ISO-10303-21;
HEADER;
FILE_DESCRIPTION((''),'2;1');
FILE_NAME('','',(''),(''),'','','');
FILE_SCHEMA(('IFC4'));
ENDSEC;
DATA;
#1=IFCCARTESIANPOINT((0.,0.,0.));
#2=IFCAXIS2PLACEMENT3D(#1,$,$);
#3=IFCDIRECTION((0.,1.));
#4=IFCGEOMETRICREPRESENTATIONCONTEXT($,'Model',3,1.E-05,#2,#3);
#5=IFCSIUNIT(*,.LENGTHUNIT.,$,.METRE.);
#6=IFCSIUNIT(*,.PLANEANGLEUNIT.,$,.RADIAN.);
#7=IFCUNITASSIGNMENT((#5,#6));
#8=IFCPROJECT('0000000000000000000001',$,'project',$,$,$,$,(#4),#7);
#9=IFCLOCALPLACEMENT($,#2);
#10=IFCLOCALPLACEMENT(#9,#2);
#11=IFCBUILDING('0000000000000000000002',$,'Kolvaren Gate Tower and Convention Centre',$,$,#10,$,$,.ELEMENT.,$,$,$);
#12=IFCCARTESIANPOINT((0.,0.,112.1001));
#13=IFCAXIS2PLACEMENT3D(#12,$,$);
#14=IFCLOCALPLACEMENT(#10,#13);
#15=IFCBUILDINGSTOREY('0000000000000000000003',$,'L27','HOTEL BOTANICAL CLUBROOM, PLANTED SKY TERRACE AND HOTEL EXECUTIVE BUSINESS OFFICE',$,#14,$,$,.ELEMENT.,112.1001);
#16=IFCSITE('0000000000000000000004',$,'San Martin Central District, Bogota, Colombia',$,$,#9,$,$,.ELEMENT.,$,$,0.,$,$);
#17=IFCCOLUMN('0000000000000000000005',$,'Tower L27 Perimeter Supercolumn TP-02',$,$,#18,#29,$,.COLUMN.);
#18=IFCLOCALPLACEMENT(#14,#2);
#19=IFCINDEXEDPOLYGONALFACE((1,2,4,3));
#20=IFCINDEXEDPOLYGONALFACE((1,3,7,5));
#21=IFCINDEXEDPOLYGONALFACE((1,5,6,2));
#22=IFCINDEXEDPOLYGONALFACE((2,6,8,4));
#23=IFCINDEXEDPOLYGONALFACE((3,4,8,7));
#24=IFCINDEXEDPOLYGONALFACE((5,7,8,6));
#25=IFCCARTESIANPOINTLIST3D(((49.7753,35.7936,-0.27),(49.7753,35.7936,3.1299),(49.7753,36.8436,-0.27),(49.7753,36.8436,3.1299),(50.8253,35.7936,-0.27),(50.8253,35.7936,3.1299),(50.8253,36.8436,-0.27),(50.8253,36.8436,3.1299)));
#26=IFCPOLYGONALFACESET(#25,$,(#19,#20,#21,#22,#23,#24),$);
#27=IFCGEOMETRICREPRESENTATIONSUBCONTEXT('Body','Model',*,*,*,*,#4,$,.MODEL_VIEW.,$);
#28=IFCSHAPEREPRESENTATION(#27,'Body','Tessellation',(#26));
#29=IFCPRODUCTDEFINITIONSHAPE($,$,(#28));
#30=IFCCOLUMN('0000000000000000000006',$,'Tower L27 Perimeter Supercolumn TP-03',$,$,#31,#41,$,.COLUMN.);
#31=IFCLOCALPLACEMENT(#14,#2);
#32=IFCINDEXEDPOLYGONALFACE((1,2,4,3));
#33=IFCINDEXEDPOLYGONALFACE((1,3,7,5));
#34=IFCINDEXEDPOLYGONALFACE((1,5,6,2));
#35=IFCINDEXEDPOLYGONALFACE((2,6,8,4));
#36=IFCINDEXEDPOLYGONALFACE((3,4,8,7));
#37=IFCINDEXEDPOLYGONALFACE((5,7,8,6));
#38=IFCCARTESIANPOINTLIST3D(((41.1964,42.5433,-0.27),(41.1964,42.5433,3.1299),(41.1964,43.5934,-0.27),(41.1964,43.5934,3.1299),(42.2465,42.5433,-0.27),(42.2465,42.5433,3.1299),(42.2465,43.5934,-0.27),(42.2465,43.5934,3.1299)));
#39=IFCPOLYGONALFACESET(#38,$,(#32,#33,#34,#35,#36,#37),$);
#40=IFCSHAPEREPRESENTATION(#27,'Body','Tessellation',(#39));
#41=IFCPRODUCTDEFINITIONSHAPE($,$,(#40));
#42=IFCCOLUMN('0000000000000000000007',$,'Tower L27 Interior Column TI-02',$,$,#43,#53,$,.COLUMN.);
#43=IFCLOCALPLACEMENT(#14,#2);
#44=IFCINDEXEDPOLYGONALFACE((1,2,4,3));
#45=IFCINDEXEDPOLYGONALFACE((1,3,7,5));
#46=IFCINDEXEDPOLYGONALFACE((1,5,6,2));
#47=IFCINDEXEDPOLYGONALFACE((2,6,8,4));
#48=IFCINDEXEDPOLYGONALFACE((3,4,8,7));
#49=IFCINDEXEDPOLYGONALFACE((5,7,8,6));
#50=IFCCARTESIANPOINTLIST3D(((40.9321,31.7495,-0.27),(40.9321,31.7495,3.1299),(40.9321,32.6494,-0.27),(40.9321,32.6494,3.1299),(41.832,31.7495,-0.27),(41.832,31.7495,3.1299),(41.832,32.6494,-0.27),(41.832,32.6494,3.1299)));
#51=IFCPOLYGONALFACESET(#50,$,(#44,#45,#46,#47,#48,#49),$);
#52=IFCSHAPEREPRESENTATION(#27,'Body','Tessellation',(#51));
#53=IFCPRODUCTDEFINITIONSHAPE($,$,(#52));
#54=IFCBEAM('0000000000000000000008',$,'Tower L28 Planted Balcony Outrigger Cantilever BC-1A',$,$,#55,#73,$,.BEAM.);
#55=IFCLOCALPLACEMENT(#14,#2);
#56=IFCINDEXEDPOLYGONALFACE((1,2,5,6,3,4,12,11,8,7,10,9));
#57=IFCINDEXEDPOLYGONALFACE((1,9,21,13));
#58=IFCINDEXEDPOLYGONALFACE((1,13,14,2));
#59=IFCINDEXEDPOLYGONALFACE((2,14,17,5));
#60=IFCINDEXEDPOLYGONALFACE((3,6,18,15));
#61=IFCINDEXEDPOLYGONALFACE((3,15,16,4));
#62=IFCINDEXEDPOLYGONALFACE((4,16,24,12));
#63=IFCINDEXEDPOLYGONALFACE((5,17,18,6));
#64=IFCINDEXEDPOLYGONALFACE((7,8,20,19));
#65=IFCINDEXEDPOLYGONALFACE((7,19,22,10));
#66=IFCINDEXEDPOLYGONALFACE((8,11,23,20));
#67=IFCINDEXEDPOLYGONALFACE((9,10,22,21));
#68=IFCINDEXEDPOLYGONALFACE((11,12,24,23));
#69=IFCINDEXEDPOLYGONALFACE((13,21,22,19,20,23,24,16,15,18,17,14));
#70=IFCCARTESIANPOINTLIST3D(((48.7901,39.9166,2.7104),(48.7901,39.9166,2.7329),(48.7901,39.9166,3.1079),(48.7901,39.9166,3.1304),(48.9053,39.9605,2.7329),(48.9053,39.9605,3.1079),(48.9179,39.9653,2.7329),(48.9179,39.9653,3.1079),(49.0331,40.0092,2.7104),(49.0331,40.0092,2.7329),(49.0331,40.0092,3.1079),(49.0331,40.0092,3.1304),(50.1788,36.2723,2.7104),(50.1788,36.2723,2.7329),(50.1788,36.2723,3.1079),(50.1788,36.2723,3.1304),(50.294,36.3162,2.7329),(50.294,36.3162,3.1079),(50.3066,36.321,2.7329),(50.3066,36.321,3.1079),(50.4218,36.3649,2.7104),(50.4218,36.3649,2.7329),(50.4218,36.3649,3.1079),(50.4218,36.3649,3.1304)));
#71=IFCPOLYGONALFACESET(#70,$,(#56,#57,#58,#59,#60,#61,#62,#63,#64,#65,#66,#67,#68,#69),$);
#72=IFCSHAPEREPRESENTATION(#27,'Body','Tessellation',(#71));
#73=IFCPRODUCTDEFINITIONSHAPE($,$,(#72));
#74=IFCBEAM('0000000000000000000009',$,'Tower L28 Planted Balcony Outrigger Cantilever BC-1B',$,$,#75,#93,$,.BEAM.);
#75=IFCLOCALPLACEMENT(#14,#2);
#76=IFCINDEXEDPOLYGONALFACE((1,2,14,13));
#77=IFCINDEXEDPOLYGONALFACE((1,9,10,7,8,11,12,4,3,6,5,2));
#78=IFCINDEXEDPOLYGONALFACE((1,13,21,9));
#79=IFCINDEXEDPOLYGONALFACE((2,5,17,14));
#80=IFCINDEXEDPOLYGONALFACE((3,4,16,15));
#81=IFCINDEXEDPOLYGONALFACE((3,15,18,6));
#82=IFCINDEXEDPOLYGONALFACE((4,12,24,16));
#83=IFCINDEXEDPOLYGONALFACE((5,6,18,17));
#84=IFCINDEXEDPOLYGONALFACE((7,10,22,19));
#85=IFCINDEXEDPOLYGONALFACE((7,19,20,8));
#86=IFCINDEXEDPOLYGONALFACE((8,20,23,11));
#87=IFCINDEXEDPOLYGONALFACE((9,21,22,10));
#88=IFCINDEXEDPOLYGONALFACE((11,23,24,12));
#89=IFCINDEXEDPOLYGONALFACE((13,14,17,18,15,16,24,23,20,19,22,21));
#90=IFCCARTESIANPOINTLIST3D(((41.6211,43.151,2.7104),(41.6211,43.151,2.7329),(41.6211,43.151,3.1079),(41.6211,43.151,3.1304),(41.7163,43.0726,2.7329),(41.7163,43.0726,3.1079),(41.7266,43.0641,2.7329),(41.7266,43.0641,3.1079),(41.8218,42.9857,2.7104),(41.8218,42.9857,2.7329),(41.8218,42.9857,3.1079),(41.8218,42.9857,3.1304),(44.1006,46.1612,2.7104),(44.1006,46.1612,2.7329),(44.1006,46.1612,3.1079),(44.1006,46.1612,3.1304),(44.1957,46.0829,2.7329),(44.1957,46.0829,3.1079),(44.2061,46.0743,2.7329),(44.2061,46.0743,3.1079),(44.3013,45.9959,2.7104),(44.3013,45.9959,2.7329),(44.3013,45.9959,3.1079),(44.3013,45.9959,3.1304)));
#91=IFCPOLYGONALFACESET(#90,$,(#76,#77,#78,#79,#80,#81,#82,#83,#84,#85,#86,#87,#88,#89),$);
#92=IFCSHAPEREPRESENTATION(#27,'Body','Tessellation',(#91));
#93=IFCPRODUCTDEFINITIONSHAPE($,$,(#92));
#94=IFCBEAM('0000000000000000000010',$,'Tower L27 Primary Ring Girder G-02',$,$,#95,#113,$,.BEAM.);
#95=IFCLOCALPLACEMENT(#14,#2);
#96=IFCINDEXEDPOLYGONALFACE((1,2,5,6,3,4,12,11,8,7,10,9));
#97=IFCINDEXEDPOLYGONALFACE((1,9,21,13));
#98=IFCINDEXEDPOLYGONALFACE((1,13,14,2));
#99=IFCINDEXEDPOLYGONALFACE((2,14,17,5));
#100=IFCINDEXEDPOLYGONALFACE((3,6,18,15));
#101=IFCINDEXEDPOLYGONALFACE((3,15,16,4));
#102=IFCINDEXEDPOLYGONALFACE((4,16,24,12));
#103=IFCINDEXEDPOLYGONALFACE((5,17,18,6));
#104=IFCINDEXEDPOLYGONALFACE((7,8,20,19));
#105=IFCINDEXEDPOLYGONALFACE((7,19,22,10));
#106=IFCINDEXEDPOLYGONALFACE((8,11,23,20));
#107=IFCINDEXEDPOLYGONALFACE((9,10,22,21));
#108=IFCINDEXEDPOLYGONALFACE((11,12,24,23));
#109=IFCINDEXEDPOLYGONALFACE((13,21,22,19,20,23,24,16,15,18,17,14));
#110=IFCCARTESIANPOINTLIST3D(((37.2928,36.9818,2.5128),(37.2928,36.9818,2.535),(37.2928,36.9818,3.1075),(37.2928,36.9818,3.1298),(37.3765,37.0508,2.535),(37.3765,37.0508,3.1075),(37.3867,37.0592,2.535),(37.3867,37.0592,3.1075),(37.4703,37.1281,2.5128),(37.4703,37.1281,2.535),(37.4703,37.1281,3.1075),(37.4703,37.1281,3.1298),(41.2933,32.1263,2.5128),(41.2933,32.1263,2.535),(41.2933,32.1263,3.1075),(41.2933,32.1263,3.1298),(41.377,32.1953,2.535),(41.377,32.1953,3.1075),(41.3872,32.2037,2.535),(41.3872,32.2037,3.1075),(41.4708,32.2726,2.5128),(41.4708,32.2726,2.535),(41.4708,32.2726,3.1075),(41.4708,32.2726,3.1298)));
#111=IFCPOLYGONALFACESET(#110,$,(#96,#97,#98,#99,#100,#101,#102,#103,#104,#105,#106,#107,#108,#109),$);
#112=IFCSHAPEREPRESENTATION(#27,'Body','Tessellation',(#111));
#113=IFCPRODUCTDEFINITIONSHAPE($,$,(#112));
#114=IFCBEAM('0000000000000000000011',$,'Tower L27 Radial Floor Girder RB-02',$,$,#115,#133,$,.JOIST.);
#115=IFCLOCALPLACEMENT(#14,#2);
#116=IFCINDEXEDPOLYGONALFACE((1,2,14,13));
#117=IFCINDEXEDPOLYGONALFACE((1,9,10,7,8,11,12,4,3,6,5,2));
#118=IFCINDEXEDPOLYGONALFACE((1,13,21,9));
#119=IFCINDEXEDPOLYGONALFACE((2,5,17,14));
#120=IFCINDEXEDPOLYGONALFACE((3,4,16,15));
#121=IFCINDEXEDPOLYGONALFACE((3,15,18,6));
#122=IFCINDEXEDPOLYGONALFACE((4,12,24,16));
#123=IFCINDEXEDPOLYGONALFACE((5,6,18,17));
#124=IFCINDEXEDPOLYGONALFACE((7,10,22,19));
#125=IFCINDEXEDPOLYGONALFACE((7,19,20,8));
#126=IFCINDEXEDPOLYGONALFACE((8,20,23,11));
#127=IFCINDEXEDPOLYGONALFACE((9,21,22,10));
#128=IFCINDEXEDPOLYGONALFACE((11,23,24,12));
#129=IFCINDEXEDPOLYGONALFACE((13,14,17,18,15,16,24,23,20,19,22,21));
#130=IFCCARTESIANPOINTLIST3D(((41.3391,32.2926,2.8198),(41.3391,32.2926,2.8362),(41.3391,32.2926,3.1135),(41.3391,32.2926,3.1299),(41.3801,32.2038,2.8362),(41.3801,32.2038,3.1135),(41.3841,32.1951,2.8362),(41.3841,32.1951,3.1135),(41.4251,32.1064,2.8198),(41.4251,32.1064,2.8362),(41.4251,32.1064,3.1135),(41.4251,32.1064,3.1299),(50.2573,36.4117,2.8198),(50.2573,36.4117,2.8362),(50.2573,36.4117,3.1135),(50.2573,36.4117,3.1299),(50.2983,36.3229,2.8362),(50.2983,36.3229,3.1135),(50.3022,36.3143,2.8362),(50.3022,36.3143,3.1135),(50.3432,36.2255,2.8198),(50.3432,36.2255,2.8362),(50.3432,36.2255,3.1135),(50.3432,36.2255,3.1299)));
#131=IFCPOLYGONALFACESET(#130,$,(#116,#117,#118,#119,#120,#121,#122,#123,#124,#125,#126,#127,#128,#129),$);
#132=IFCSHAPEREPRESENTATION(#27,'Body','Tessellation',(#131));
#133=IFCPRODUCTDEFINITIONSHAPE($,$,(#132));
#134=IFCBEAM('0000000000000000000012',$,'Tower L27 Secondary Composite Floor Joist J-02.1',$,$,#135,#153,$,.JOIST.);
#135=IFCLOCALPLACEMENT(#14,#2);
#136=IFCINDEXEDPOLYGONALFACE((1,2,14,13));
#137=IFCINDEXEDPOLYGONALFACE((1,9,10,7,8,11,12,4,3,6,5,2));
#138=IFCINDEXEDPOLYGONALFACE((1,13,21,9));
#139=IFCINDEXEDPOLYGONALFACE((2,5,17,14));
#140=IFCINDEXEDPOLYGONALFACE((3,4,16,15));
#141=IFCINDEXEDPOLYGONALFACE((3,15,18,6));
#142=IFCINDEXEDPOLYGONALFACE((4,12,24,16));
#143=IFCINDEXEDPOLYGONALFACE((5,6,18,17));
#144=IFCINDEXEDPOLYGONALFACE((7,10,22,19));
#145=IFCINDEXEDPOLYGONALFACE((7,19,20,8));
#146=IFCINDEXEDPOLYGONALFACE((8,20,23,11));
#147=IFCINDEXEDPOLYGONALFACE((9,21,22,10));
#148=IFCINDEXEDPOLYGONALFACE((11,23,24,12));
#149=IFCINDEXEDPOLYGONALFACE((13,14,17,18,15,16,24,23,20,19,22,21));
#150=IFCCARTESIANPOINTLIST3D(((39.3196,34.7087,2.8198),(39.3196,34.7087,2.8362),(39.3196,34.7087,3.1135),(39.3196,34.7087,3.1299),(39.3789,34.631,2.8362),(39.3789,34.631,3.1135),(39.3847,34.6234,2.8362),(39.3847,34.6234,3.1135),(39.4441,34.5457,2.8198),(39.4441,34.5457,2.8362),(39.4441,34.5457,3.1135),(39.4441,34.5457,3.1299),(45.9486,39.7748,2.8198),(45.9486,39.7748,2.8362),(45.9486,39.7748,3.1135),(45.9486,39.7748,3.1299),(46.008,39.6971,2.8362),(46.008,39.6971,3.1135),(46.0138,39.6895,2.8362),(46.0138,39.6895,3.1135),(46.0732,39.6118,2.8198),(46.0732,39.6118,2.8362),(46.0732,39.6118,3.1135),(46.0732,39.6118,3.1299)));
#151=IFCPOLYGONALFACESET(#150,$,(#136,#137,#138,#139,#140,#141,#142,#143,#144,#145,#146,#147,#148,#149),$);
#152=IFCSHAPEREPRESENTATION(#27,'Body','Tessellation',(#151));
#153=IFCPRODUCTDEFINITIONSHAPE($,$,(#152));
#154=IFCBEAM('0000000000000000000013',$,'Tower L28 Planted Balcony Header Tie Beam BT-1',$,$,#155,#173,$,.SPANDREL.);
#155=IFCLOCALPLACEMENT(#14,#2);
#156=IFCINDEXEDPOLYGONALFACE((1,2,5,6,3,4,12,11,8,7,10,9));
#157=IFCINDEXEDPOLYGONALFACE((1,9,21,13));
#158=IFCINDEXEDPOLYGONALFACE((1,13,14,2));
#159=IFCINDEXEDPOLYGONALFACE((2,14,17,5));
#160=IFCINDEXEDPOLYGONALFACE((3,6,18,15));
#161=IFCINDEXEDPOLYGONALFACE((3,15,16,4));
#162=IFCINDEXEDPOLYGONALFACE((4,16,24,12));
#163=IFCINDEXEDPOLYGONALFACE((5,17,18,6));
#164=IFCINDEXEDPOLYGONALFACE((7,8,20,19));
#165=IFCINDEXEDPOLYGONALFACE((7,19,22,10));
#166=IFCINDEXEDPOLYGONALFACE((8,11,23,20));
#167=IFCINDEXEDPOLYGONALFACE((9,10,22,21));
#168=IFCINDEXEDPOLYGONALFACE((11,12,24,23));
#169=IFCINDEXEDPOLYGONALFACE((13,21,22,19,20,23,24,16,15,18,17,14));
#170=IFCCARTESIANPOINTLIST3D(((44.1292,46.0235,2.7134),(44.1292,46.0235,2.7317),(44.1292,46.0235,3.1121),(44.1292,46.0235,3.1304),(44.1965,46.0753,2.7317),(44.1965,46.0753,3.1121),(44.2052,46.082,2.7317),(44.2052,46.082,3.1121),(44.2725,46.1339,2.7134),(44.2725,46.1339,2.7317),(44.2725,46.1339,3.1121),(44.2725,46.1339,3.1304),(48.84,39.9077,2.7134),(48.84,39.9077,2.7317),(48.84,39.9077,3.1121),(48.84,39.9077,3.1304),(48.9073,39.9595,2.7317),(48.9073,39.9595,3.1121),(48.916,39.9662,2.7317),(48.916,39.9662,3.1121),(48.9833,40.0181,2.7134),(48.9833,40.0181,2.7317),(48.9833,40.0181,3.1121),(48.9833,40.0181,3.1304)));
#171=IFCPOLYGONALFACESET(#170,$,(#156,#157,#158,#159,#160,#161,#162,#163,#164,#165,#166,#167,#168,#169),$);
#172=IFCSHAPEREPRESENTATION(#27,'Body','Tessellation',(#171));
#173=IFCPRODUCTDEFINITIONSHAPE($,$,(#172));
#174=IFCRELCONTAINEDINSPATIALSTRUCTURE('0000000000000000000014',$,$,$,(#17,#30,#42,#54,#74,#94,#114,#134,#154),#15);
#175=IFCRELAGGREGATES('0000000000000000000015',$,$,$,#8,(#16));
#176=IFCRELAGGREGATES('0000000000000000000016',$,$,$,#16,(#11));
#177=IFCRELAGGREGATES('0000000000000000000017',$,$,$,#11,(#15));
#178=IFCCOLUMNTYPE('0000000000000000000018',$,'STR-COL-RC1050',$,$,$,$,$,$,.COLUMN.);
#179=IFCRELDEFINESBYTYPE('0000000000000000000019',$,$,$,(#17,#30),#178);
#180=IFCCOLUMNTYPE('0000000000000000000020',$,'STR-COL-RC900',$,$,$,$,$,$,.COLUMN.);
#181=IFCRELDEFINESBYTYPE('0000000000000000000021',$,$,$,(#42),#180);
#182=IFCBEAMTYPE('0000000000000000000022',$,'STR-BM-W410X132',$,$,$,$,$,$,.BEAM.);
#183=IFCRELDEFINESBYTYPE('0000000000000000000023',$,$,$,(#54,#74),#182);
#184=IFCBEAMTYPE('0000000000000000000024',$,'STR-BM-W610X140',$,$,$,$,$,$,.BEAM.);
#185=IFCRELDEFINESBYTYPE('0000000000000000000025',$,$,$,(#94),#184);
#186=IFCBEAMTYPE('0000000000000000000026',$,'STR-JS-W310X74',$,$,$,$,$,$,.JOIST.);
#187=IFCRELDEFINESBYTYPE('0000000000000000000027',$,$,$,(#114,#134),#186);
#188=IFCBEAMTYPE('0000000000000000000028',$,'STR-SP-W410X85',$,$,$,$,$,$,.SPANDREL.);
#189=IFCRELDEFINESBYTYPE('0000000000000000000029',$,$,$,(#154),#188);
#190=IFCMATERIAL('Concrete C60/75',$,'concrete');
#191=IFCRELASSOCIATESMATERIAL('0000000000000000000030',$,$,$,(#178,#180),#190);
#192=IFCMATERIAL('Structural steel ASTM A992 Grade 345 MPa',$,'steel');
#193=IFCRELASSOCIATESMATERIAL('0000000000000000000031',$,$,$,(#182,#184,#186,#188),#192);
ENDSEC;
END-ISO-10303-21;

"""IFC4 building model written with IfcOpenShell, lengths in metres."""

from ifc_helpers import new_model, si_unit, direction, frame, origin, origin_2d, place, context, subcontext, project, spatial, rectangle, i_section, extrude, material, material_profile, profile_set, type_object, element, save


model = new_model("IFC4")

# Units and contexts
model_context = context("Model", 3, precision=1e-05, world=origin(), true_north=direction((0.0, 1.0)))
body_context = subcontext(model_context, "Body", "Model", "MODEL_VIEW")
ifc_project = project(units=[si_unit("LENGTHUNIT", "METRE"), si_unit("PLANEANGLEUNIT", "RADIAN")], contexts=[model_context])

# Site, building, storey
site_placement = place(None, origin())
site = spatial("IfcSite", under=ifc_project, at=site_placement, Name="San Martin Central District, Bogota, Colombia", CompositionType="ELEMENT", RefElevation=0.0)
building_placement = place(site_placement, origin())
building = spatial("IfcBuilding", under=site, at=building_placement, Name="Kolvaren Gate Tower and Convention Centre", CompositionType="ELEMENT")
storey_placement = place(building_placement, frame((0.0, 0.0, 112.1001)))
storey = spatial("IfcBuildingStorey", under=building, at=storey_placement, Name="L27", Description="HOTEL BOTANICAL CLUBROOM, PLANTED SKY TERRACE AND HOTEL EXECUTIVE BUSINESS OFFICE", CompositionType="ELEMENT", Elevation=112.1001)

# Columns
ifc_material_1 = material(Name="Concrete C60/75", Category="concrete")
ifc_material_profile_1 = material_profile(ifc_material_1, rectangle(XDim=1.05, YDim=1.05, at=origin_2d()), Name="RC-COL-1050X1050")
ifc_profile_set_1 = profile_set([ifc_material_profile_1], Name="Concrete C60/75")
column_type_1 = type_object("IfcColumnType", Name="STR-COL-RC1050", PredefinedType="COLUMN", material=ifc_profile_set_1)
for number, where, z_axis, x_axis, name in (
    (1, (50.3003, 36.3186, -0.27), (0.0, 0.0, 1.0), (1.0, 0.0, 0.0), "Tower L27 Perimeter Supercolumn TP-02"),
    (2, (41.7214, 43.0684, -0.27), (0.0, 0.0, 1.0), (1.0, 0.0, 0.0), "Tower L27 Perimeter Supercolumn TP-03"),
):
    element("IfcColumn", number, at=place(storey_placement, frame(where, z_axis=z_axis, x_axis=x_axis)), inside=storey, type_object=column_type_1, Name=name, PredefinedType="COLUMN", context=body_context, shape_type="SweptSolid", body=[
        extrude(rectangle(XDim=1.05, YDim=1.05, at=origin_2d()), origin(), (0.0, 0.0, 1.0), 3.3999),
    ])
ifc_material_profile_2 = material_profile(ifc_material_1, rectangle(XDim=0.8999, YDim=0.8999, at=origin_2d()), Name="RC-COL-900X900")
ifc_profile_set_2 = profile_set([ifc_material_profile_2], Name="Concrete C60/75")
column_type_2 = type_object("IfcColumnType", Name="STR-COL-RC900", PredefinedType="COLUMN", material=ifc_profile_set_2)
column_placement = place(storey_placement, frame((41.3821, 32.1995, -0.27), z_axis=(0.0, 0.0, 1.0), x_axis=(1.0, 0.0, 0.0)))
element("IfcColumn", 3, at=column_placement, inside=storey, type_object=column_type_2, Name="Tower L27 Interior Column TI-02", PredefinedType="COLUMN", context=body_context, shape_type="SweptSolid", body=[
    extrude(rectangle(XDim=0.8999, YDim=0.8999, at=origin_2d()), origin(), (0.0, 0.0, 1.0), 3.3999),
])

# Beams
ifc_material_2 = material(Name="Structural steel ASTM A992 Grade 345 MPa", Category="steel")
ifc_material_profile_3 = material_profile(ifc_material_2, i_section(OverallWidth=0.26, OverallDepth=0.4199, WebThickness=0.0134, FlangeThickness=0.0225, at=origin_2d()), Name="W410X132")
ifc_profile_set_3 = profile_set([ifc_material_profile_3], Name="Structural steel ASTM A992 Grade 345 MPa")
beam_type_1 = type_object("IfcBeamType", Name="STR-BM-W410X132", PredefinedType="BEAM", material=ifc_profile_set_3)
for number, where, z_axis, x_axis, name in (
    (4, (50.3003, 36.3186, 2.9204), (-0.356079, 0.934456, 0.0), (-0.934456, -0.356079, 0.0), "Tower L28 Planted Balcony Outrigger Cantilever BC-1A"),
    (5, (41.7214, 43.0684, 2.9204), (0.635777, 0.771872, 0.0), (-0.771872, 0.635777, 0.0), "Tower L28 Planted Balcony Outrigger Cantilever BC-1B"),
):
    element("IfcBeam", number, at=place(storey_placement, frame(where, z_axis=z_axis, x_axis=x_axis)), inside=storey, type_object=beam_type_1, Name=name, PredefinedType="BEAM", context=body_context, shape_type="SweptSolid", body=[
        extrude(i_section(OverallWidth=0.26, OverallDepth=0.4199, WebThickness=0.0134, FlangeThickness=0.0225, at=origin_2d()), origin(), (0.0, 0.0, 1.0), 3.8999),
    ])
ifc_material_profile_4 = material_profile(ifc_material_2, i_section(OverallWidth=0.23, OverallDepth=0.6169, WebThickness=0.0132, FlangeThickness=0.0222, at=origin_2d()), Name="W610X140")
ifc_profile_set_4 = profile_set([ifc_material_profile_4], Name="Structural steel ASTM A992 Grade 345 MPa")
beam_type_2 = type_object("IfcBeamType", Name="STR-BM-W610X140", PredefinedType="BEAM", material=ifc_profile_set_4)
beam_1_placement = place(storey_placement, frame((41.3821, 32.1995, 2.8213), z_axis=(-0.635884, 0.771785, 0.0), x_axis=(-0.771785, -0.635884, 0.0)))
element("IfcBeam", 6, at=beam_1_placement, inside=storey, type_object=beam_type_2, Name="Tower L27 Primary Ring Girder G-02", PredefinedType="BEAM", context=body_context, shape_type="SweptSolid", body=[
    extrude(i_section(OverallWidth=0.23, OverallDepth=0.6169, WebThickness=0.0132, FlangeThickness=0.0222, at=origin_2d()), origin(), (0.0, 0.0, 1.0), 6.2913),
])
ifc_material_profile_5 = material_profile(ifc_material_2, i_section(OverallWidth=0.2051, OverallDepth=0.3101, WebThickness=0.0095, FlangeThickness=0.0164, at=origin_2d()), Name="W310X74")
ifc_profile_set_5 = profile_set([ifc_material_profile_5], Name="Structural steel ASTM A992 Grade 345 MPa")
beam_type_3 = type_object("IfcBeamType", Name="STR-JS-W310X74", PredefinedType="JOIST", material=ifc_profile_set_5)
beam_2_placement = place(storey_placement, frame((41.3821, 32.1995, 2.9749), z_axis=(0.907842, 0.419313, 0.0), x_axis=(-0.419313, 0.907842, 0.0)))
element("IfcBeam", 7, at=beam_2_placement, inside=storey, type_object=beam_type_3, Name="Tower L27 Radial Floor Girder RB-02", PredefinedType="JOIST", context=body_context, shape_type="SweptSolid", body=[
    extrude(i_section(OverallWidth=0.2051, OverallDepth=0.3101, WebThickness=0.0095, FlangeThickness=0.0164, at=origin_2d()), origin(), (0.0, 0.0, 1.0), 9.8235),
])
beam_3_placement = place(storey_placement, frame((39.3818, 34.6272, 2.9749), z_axis=(0.794542, 0.607209, 0.0), x_axis=(-0.607209, 0.794542, 0.0)))
element("IfcBeam", 8, at=beam_3_placement, inside=storey, type_object=beam_type_3, Name="Tower L27 Secondary Composite Floor Joist J-02.1", PredefinedType="JOIST", context=body_context, shape_type="SweptSolid", body=[
    extrude(i_section(OverallWidth=0.2051, OverallDepth=0.3101, WebThickness=0.0095, FlangeThickness=0.0164, at=origin_2d()), origin(), (0.0, 0.0, 1.0), 8.3433),
])
ifc_material_profile_6 = material_profile(ifc_material_2, i_section(OverallWidth=0.1809, OverallDepth=0.417, WebThickness=0.011, FlangeThickness=0.0183, at=origin_2d()), Name="W410X85")
ifc_profile_set_6 = profile_set([ifc_material_profile_6], Name="Structural steel ASTM A992 Grade 345 MPa")
beam_type_4 = type_object("IfcBeamType", Name="STR-SP-W410X85", PredefinedType="SPANDREL", material=ifc_profile_set_6)
beam_4_placement = place(storey_placement, frame((48.9116, 39.9629, 2.9219), z_axis=(-0.610223, 0.79223, 0.0), x_axis=(-0.79223, -0.610223, 0.0)))
element("IfcBeam", 9, at=beam_4_placement, inside=storey, type_object=beam_type_4, Name="Tower L28 Planted Balcony Header Tie Beam BT-1", PredefinedType="SPANDREL", context=body_context, shape_type="SweptSolid", body=[
    extrude(i_section(OverallWidth=0.1809, OverallDepth=0.417, WebThickness=0.011, FlangeThickness=0.0183, at=origin_2d()), origin(), (0.0, 0.0, 1.0), 7.7197),
])

save(model, "model.ifc")
